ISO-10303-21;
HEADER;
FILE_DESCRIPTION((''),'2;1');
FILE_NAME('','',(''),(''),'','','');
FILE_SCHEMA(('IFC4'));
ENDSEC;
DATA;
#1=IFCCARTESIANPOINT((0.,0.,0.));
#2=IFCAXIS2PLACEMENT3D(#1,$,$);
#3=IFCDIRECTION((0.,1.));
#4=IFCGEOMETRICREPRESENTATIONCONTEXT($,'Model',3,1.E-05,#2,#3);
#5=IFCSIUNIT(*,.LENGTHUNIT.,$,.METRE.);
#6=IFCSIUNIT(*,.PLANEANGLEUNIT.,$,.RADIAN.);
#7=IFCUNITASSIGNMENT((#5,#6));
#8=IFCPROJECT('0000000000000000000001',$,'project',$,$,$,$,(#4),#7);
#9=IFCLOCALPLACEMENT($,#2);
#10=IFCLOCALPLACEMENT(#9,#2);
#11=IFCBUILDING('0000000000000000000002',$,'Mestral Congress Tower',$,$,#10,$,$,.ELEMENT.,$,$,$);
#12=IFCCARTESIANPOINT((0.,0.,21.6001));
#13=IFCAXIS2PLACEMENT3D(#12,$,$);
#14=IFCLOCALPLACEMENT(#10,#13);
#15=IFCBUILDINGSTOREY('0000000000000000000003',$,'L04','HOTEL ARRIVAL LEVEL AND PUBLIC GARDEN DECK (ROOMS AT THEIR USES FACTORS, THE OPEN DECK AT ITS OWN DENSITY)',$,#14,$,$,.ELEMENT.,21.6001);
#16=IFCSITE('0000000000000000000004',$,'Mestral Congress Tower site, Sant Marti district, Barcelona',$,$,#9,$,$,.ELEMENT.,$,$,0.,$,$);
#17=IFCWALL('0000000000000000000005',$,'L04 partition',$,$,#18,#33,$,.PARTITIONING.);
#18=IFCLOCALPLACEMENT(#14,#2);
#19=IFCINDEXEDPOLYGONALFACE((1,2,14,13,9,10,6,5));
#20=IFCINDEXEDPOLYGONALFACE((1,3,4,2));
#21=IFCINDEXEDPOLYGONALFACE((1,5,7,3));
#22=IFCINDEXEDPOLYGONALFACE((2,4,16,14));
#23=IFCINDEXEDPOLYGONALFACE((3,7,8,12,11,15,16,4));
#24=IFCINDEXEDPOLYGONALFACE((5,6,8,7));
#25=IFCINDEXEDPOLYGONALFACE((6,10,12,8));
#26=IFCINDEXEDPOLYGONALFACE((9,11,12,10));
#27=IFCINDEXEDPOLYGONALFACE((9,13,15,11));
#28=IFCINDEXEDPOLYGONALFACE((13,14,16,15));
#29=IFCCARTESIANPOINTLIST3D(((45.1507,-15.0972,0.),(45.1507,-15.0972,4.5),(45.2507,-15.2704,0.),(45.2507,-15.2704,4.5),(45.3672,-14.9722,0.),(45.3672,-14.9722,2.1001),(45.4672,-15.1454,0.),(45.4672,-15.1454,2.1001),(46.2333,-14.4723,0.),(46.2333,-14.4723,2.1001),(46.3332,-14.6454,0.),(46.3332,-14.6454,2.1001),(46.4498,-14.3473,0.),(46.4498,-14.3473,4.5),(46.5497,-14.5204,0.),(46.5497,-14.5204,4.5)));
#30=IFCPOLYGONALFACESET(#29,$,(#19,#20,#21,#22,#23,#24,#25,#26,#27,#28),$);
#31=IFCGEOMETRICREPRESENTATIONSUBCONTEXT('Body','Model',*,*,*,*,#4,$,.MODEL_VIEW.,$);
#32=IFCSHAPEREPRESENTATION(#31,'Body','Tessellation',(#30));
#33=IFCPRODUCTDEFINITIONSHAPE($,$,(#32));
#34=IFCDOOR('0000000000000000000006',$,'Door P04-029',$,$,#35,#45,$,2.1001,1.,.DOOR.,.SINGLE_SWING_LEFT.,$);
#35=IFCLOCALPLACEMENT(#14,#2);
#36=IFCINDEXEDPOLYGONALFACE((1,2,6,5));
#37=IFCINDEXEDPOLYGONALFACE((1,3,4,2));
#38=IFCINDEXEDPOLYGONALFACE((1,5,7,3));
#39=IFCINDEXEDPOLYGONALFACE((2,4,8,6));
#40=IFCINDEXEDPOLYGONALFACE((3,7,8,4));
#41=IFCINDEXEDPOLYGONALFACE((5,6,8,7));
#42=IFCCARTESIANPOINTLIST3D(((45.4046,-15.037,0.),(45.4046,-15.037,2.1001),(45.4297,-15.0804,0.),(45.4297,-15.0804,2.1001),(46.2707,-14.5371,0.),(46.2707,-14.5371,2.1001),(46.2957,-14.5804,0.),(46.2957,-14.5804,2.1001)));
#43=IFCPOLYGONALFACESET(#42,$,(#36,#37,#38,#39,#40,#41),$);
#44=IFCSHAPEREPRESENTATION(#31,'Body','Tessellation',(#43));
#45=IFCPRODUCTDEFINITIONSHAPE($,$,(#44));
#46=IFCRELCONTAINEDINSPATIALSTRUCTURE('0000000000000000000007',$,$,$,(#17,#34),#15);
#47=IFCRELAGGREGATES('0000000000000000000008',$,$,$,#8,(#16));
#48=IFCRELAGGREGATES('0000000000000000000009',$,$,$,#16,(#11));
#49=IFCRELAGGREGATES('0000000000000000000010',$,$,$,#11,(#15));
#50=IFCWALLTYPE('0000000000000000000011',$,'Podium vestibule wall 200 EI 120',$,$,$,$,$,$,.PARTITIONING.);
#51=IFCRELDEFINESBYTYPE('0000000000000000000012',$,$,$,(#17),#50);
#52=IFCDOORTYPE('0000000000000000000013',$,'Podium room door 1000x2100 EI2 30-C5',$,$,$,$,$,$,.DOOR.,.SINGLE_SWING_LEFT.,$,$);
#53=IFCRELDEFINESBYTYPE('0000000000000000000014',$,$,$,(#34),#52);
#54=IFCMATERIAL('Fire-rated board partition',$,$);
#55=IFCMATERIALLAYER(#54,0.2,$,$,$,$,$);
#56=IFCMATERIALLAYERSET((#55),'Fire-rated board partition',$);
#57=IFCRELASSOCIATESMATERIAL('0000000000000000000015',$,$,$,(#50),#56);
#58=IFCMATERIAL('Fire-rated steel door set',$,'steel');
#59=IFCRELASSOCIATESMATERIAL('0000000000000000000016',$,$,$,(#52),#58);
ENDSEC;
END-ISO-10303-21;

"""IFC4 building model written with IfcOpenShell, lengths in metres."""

from ifc_helpers import new_model, si_unit, direction, frame, frame_2d, origin, place, context, subcontext, project, spatial, rectangle, extrude, material, layer, layer_set, type_object, element, fill, save


model = new_model("IFC4")

# Units and contexts
model_context = context("Model", 3, precision=1e-05, world=origin(), true_north=direction((0.0, 1.0)))
body_context = subcontext(model_context, "Body", "Model", "MODEL_VIEW")
ifc_project = project(units=[si_unit("LENGTHUNIT", "METRE"), si_unit("PLANEANGLEUNIT", "RADIAN")], contexts=[model_context])

# Site, building, storey
site_placement = place(None, origin())
site = spatial("IfcSite", under=ifc_project, at=site_placement, Name="Mestral Congress Tower site, Sant Marti district, Barcelona", CompositionType="ELEMENT", RefElevation=0.0)
building_placement = place(site_placement, origin())
building = spatial("IfcBuilding", under=site, at=building_placement, Name="Mestral Congress Tower", CompositionType="ELEMENT")
storey_placement = place(building_placement, frame((0.0, 0.0, 21.6001)))
storey = spatial("IfcBuildingStorey", under=building, at=storey_placement, Name="L04", Description="HOTEL ARRIVAL LEVEL AND PUBLIC GARDEN DECK (ROOMS AT THEIR USES FACTORS, THE OPEN DECK AT ITS OWN DENSITY)", CompositionType="ELEMENT", Elevation=21.6001)

# Shared definitions
ifc_material_1 = material(Name="Fire-rated board partition")
ifc_layer_1 = layer(ifc_material_1, 0.2)
ifc_layer_set_1 = layer_set([ifc_layer_1], Name="Fire-rated board partition")
wall_type_1 = type_object("IfcWallType", Name="Podium vestibule wall 200 EI 120", PredefinedType="PARTITIONING", material=ifc_layer_set_1)

# Shared definitions
ifc_material_2 = material(Name="Fire-rated steel door set", Category="steel")
door_type = type_object("IfcDoorType", Name="Podium room door 1000x2100 EI2 30-C5", OperationType="SINGLE_SWING_LEFT", PredefinedType="DOOR", material=ifc_material_2)

# Wall, opening, door
wall_1_placement = place(storey_placement, frame((46.4998, -14.4338, 0.0), z_axis=(0.0, 0.0, 1.0), x_axis=(-0.866031, -0.49999, 0.0)))
wall_1 = element("IfcWall", 1, at=wall_1_placement, inside=storey, type_object=wall_type_1, Name="L04 partition", PredefinedType="PARTITIONING", context=body_context, shape_type="SweptSolid", body=[
    extrude(rectangle(XDim=1.5, YDim=0.2, at=frame_2d((0.75, 0.0))), origin(), (0.0, 0.0, 1.0), 4.5),
])
opening_1_placement = place(wall_1_placement, frame((0.25, 0.0, 0.0)))
opening_1 = element("IfcOpeningElement", 2, at=opening_1_placement, cuts=wall_1, PredefinedType="OPENING", context=body_context, shape_type="SweptSolid", body=[
    extrude(rectangle(XDim=1.0, YDim=2.1001, at=frame_2d((0.5, 1.05))), frame((0.0, 0.1099, 0.0), z_axis=(0.0, -1.0, 0.0), x_axis=(1.0, 0.0, 0.0)), (0.0, 0.0, 1.0), 0.22),
])
door_1_placement = place(opening_1_placement, origin())
door_1 = element("IfcDoor", 3, at=door_1_placement, inside=storey, type_object=door_type, Name="Door P04-029", OperationType="SINGLE_SWING_LEFT", OverallHeight=2.1001, OverallWidth=1.0, PredefinedType="DOOR", context=body_context, shape_type="SweptSolid", body=[
    extrude(rectangle(XDim=1.0, YDim=2.1001, at=frame_2d((0.5, 1.05))), frame((0.0, 0.0249, 0.0), z_axis=(0.0, -1.0, 0.0), x_axis=(1.0, 0.0, 0.0)), (0.0, 0.0, 1.0), 0.05),
])
fill(opening_1, door_1)

save(model, "model.ifc")
